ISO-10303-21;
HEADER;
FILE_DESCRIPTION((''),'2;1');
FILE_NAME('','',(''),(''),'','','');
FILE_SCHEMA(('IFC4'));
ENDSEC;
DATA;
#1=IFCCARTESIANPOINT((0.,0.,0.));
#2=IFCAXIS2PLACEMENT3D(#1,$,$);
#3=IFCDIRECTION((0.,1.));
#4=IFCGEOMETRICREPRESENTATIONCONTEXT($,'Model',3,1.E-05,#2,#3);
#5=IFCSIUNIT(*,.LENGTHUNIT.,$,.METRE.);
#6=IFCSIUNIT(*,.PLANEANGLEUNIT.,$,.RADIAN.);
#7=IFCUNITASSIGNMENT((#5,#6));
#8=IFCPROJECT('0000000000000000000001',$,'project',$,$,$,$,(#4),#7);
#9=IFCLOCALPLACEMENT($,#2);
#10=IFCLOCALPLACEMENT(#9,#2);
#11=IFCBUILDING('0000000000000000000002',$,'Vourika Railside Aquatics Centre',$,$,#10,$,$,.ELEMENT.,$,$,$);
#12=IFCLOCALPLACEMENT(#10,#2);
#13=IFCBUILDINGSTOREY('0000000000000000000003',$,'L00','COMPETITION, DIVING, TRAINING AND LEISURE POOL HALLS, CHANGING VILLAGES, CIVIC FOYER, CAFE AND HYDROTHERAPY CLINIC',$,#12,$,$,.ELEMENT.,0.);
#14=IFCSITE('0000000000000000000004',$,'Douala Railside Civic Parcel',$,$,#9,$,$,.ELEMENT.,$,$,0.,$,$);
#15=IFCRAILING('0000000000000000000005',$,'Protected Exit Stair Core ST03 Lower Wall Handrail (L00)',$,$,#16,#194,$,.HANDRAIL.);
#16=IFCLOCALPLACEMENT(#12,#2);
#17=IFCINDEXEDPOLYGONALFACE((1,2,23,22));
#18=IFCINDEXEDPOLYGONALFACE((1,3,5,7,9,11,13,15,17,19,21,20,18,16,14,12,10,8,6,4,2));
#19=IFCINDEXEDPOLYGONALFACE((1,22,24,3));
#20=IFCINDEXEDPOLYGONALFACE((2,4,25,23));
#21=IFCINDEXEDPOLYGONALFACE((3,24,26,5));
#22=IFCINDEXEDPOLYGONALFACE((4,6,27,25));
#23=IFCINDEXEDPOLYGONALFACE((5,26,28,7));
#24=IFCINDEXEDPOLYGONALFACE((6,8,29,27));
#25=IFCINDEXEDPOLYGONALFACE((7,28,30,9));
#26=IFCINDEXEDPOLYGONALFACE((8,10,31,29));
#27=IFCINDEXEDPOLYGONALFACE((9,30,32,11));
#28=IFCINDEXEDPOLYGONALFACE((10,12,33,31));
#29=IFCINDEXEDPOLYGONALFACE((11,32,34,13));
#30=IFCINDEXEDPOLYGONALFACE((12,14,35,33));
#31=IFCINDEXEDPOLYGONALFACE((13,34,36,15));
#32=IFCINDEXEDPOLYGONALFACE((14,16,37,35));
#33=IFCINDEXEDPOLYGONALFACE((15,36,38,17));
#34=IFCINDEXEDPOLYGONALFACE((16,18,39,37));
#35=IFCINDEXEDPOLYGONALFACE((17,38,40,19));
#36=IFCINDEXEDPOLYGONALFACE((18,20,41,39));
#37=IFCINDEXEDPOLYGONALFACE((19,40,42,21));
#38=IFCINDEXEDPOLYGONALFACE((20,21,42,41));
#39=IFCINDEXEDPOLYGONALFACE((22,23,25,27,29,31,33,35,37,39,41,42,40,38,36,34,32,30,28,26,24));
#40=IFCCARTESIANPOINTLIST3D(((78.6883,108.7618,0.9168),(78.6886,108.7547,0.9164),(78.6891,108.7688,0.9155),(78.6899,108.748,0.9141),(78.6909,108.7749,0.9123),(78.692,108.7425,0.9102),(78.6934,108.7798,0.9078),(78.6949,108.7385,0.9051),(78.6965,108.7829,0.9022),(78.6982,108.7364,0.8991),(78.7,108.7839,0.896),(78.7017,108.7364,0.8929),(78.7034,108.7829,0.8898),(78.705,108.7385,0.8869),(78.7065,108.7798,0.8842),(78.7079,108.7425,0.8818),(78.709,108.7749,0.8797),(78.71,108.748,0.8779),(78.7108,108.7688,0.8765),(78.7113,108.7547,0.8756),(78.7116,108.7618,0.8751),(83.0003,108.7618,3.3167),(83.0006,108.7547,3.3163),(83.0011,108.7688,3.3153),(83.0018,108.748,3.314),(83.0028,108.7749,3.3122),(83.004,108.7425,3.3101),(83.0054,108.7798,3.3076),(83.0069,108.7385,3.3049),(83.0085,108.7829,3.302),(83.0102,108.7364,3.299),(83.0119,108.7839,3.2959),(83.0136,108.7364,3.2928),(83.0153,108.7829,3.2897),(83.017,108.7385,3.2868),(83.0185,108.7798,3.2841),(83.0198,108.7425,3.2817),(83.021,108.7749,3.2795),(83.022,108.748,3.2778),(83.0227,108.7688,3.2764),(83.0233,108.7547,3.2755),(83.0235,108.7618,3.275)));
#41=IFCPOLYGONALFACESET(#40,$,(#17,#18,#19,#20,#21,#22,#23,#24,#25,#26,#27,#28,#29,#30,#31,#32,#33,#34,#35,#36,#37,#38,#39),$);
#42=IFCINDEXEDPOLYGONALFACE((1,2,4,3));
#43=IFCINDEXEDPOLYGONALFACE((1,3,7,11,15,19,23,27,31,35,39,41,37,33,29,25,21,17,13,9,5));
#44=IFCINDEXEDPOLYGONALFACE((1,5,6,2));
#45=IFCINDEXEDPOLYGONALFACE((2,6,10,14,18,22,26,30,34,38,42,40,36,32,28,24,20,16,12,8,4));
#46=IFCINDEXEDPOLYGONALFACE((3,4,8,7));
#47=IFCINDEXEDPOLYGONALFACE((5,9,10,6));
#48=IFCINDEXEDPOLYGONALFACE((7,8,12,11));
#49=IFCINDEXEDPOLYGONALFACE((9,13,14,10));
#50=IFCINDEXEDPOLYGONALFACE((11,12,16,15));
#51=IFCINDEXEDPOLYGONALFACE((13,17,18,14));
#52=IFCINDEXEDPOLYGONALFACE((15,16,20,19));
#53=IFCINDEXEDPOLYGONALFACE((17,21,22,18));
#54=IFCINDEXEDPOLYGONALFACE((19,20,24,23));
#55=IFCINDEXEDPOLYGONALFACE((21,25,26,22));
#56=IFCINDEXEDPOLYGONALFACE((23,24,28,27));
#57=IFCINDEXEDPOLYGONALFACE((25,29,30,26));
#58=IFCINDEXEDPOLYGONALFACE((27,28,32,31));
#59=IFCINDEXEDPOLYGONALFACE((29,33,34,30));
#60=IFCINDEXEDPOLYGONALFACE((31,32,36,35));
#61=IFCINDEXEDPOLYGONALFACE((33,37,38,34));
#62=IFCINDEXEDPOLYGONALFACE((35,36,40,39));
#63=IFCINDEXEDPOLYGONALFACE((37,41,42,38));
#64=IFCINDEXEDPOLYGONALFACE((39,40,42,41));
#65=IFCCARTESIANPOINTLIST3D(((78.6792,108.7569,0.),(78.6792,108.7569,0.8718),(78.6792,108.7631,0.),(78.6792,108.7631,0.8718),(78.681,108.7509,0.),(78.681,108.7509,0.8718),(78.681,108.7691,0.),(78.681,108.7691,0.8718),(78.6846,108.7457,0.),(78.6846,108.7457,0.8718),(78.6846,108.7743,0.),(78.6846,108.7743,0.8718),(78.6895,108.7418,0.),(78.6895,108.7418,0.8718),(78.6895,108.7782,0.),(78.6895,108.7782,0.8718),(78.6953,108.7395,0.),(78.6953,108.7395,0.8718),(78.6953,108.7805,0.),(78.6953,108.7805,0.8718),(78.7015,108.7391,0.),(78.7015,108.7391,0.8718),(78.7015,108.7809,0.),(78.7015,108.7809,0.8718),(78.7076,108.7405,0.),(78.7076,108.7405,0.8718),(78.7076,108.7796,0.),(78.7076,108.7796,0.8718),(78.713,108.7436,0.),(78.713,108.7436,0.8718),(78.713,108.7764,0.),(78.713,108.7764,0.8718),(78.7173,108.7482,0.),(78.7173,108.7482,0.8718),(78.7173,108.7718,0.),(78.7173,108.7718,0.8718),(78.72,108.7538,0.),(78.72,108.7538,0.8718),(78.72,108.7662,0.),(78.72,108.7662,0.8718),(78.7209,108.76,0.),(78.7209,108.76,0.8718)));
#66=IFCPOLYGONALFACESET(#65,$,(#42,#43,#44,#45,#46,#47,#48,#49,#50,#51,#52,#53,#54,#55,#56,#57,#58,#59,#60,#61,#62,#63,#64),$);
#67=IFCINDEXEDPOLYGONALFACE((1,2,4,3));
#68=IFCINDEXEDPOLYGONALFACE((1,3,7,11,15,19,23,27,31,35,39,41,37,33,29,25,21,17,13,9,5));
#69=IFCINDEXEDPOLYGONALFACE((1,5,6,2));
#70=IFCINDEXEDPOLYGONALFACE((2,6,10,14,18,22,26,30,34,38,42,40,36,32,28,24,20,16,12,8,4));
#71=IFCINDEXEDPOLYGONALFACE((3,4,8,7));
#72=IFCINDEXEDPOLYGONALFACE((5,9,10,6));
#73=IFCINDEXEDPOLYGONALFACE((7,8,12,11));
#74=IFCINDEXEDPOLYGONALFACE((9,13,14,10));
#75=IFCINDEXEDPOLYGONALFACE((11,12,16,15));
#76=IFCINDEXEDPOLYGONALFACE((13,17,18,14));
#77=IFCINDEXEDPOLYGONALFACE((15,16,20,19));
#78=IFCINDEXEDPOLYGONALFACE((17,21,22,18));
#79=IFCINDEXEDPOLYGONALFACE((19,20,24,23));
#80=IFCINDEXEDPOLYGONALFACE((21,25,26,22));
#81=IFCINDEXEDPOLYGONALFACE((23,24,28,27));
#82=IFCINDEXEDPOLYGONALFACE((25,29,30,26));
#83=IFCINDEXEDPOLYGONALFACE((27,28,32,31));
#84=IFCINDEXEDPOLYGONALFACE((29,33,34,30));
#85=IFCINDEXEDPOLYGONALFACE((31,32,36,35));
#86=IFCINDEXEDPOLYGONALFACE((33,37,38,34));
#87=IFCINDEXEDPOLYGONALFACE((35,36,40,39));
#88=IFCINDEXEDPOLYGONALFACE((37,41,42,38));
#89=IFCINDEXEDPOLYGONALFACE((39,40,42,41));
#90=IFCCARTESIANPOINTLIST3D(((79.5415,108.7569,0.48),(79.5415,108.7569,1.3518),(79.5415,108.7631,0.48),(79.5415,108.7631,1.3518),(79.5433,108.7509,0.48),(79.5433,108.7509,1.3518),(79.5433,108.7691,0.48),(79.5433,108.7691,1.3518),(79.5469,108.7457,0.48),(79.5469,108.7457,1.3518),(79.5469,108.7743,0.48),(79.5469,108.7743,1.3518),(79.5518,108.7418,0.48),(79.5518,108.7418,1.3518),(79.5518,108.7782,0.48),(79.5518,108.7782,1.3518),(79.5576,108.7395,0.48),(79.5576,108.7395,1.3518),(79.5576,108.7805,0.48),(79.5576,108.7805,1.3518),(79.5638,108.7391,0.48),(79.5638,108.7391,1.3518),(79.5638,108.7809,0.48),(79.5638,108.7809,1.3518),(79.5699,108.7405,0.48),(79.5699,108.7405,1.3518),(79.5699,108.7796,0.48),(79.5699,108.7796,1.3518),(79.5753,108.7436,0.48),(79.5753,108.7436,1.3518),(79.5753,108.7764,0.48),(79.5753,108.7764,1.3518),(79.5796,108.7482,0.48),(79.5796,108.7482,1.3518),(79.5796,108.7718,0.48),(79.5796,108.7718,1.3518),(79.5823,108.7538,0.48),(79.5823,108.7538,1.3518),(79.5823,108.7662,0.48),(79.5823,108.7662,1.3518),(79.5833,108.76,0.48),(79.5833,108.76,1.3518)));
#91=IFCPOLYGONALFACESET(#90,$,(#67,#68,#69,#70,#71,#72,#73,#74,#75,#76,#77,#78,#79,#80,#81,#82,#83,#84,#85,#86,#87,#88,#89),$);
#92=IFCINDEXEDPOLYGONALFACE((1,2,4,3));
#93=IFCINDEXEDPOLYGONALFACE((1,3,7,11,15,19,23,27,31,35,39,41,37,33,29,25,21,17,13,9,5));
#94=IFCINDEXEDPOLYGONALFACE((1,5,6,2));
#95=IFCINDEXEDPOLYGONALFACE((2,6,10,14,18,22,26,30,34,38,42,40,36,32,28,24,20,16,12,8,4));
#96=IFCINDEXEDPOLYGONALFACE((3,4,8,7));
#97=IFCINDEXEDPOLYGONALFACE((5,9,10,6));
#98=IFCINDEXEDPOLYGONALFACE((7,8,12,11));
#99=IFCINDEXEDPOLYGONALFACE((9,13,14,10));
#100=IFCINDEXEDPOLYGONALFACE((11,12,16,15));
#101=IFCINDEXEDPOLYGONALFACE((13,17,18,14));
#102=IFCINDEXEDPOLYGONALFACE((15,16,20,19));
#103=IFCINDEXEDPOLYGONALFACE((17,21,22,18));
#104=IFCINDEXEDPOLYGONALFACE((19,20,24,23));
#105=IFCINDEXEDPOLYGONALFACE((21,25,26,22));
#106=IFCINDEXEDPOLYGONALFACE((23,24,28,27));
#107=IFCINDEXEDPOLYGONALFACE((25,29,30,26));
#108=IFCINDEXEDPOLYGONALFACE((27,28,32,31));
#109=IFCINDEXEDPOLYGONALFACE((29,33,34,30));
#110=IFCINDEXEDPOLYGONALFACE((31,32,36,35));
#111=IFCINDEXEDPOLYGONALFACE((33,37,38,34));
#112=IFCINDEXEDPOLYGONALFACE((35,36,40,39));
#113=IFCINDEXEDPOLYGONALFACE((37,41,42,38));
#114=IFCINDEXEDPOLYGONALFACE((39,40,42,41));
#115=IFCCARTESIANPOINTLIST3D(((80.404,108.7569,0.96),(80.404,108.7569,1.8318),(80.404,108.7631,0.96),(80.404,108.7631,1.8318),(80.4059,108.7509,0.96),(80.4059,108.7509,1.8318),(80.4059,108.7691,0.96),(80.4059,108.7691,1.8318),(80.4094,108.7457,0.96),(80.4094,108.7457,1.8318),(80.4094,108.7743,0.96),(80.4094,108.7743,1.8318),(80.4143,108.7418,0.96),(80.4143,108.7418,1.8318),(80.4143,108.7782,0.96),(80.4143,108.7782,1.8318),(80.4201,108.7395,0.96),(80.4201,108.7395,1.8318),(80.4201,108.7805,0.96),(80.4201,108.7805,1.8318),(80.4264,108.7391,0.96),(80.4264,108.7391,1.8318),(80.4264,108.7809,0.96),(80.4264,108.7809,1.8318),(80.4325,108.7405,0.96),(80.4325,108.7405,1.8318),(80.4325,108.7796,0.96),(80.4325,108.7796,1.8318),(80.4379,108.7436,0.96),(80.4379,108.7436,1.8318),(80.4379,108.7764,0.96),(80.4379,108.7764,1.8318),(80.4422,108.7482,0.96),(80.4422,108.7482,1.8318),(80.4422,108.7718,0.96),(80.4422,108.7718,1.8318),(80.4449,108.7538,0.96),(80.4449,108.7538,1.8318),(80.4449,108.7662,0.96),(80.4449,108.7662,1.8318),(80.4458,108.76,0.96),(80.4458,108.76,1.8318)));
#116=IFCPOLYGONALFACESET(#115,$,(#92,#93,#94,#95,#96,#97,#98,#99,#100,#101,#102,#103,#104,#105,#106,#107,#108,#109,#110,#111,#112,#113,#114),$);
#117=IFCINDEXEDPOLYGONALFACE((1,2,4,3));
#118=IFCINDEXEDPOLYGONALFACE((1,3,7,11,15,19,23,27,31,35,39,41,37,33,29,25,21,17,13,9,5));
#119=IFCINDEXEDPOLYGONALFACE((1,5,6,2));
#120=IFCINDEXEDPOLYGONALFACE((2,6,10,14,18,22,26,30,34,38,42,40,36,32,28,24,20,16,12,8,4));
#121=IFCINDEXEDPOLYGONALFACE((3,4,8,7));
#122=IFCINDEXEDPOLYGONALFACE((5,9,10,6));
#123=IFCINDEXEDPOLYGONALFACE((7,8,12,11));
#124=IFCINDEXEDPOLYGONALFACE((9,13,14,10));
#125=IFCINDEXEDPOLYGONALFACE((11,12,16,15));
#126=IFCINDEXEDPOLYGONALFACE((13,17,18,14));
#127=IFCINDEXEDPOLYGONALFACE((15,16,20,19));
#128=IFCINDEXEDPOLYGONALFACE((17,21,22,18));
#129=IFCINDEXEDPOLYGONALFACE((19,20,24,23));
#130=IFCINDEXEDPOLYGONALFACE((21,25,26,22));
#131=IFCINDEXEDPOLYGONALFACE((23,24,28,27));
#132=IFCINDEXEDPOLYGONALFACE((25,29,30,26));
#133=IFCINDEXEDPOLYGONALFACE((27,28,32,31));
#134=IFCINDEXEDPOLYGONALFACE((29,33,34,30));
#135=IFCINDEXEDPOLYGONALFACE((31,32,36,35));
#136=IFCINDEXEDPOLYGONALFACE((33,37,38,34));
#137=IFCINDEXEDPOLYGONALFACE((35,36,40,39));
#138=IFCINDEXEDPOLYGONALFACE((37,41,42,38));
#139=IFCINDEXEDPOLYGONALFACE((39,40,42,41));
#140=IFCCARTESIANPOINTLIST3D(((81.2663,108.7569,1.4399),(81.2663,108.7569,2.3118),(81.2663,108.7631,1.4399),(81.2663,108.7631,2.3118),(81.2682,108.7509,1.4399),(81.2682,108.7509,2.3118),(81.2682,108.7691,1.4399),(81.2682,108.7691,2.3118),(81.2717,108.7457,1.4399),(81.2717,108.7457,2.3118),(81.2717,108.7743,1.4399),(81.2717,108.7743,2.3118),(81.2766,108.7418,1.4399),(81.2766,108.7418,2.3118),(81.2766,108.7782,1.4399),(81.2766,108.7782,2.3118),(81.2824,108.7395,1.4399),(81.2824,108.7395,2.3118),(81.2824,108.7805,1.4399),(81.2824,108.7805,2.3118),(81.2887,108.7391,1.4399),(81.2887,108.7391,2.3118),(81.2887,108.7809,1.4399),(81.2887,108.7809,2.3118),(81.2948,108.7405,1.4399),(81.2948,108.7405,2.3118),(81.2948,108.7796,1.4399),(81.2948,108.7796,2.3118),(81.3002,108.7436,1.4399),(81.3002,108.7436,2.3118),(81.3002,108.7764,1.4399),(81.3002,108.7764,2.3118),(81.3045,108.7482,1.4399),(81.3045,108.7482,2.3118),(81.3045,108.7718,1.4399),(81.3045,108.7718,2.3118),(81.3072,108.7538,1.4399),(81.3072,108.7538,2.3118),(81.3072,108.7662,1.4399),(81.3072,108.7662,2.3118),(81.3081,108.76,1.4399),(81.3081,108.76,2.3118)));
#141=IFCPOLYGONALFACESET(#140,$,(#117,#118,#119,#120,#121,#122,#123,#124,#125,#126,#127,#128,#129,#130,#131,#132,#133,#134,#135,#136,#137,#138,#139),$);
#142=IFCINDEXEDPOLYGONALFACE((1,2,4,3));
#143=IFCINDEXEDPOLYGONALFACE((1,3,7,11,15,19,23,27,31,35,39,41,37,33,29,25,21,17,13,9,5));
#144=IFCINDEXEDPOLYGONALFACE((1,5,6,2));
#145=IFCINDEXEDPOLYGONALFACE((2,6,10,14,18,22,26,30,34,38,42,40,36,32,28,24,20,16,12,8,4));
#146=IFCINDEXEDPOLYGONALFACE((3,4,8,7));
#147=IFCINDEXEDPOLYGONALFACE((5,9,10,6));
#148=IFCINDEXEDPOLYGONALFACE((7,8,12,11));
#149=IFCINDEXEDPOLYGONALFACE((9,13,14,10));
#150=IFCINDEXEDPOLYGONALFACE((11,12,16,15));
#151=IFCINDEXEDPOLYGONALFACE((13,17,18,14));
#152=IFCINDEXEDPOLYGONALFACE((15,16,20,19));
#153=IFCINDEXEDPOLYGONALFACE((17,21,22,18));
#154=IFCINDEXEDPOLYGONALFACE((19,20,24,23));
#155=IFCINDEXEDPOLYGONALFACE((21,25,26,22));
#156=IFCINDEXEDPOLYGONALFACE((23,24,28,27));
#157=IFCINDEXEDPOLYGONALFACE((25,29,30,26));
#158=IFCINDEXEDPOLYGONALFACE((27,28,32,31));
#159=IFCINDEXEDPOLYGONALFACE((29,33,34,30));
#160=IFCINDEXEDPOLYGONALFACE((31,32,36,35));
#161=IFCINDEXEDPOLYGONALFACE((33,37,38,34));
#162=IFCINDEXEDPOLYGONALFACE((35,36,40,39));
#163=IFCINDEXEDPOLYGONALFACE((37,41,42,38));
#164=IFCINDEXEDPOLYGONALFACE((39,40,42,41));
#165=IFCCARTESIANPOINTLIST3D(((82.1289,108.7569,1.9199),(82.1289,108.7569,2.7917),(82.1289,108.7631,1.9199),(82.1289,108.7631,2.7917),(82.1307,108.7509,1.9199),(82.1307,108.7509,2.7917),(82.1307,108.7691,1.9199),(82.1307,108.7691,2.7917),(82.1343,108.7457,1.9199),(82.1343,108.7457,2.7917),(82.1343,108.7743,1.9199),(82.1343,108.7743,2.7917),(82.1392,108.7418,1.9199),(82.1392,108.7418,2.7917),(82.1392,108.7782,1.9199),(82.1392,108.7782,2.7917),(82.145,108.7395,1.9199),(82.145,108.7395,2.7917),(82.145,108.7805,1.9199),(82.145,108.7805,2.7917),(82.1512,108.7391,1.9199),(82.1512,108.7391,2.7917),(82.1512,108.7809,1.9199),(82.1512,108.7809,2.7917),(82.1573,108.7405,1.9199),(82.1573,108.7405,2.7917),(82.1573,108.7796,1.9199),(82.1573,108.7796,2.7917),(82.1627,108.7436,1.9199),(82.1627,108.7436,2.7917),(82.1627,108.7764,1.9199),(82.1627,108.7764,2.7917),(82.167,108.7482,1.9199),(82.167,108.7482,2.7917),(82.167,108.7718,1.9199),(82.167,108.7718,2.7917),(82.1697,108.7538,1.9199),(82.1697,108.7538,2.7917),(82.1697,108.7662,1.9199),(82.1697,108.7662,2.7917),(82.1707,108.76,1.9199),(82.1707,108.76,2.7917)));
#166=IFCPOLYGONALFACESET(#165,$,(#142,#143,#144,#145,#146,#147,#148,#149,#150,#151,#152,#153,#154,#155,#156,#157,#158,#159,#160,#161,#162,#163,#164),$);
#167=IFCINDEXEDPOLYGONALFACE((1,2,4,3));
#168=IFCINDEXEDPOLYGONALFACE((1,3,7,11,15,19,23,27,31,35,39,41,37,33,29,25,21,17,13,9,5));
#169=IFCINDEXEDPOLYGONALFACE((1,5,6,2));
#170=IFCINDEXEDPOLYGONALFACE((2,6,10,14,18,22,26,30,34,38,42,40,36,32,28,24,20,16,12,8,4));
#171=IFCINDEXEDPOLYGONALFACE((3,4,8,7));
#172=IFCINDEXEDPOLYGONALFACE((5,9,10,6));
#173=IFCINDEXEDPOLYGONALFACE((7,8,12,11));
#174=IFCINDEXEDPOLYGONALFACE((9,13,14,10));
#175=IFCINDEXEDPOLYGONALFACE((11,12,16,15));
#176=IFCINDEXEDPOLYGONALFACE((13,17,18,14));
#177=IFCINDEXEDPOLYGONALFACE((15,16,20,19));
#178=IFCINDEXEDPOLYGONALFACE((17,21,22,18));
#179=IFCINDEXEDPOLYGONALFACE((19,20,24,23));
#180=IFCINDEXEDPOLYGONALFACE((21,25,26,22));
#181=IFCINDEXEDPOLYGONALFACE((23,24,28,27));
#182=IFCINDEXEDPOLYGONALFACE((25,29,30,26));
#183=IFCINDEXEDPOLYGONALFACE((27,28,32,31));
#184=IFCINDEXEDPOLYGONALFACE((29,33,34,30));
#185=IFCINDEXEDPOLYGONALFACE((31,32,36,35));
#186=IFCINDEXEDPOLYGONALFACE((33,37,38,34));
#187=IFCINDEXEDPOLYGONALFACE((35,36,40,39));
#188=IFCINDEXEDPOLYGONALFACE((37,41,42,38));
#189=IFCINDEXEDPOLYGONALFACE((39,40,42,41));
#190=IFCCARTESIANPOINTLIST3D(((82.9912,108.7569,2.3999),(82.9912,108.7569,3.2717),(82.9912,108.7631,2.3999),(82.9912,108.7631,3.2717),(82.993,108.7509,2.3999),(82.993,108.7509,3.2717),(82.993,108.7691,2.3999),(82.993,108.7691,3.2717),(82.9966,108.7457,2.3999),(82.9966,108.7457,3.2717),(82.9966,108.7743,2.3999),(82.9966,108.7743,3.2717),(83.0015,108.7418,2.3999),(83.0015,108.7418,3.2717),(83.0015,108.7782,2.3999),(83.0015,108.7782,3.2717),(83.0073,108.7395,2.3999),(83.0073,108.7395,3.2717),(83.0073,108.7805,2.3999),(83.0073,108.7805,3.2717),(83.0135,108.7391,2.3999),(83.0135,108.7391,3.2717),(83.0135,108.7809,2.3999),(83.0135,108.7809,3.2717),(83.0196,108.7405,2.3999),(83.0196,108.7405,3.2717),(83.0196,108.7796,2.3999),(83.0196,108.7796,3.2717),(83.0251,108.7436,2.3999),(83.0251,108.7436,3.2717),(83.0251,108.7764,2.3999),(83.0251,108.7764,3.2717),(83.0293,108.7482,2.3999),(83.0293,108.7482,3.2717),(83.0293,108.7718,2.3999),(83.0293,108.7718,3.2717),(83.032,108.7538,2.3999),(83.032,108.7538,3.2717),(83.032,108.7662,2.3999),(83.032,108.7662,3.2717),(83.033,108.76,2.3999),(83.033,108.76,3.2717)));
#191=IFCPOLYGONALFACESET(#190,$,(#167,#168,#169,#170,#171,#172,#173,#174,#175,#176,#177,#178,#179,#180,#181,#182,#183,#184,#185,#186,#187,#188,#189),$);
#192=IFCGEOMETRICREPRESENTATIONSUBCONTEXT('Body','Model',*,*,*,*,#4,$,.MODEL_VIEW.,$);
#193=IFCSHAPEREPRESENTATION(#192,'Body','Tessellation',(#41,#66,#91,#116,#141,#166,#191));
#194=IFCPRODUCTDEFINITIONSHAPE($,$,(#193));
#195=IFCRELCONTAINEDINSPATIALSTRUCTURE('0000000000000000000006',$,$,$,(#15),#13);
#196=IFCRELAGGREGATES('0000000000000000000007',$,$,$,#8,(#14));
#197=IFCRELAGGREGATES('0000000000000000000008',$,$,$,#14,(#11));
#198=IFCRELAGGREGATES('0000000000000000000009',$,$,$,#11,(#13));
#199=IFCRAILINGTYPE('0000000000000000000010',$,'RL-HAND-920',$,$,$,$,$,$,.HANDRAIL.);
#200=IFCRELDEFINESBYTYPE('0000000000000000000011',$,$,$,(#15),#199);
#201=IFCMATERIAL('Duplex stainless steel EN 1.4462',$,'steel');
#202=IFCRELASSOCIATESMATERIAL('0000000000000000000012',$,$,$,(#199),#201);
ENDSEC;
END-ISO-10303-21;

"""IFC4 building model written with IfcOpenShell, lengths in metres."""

from ifc_helpers import new_model, si_unit, direction, frame, origin, origin_2d, place, context, subcontext, project, spatial, circle, extrude, material, type_object, element, save


model = new_model("IFC4")

# Units and contexts
model_context = context("Model", 3, precision=1e-05, world=origin(), true_north=direction((0.0, 1.0)))
body_context = subcontext(model_context, "Body", "Model", "MODEL_VIEW")
ifc_project = project(units=[si_unit("LENGTHUNIT", "METRE"), si_unit("PLANEANGLEUNIT", "RADIAN")], contexts=[model_context])

# Site, building, storey
site_placement = place(None, origin())
site = spatial("IfcSite", under=ifc_project, at=site_placement, Name="Douala Railside Civic Parcel", CompositionType="ELEMENT", RefElevation=0.0)
building_placement = place(site_placement, origin())
building = spatial("IfcBuilding", under=site, at=building_placement, Name="Vourika Railside Aquatics Centre", CompositionType="ELEMENT")
storey_placement = place(building_placement, origin())
storey = spatial("IfcBuildingStorey", under=building, at=storey_placement, Name="L00", Description="COMPETITION, DIVING, TRAINING AND LEISURE POOL HALLS, CHANGING VILLAGES, CIVIC FOYER, CAFE AND HYDROTHERAPY CLINIC", CompositionType="ELEMENT", Elevation=0.0)

# Railing
ifc_material_1 = material(Name="Duplex stainless steel EN 1.4462", Category="steel")
railing_type_1 = type_object("IfcRailingType", Name="RL-HAND-920", PredefinedType="HANDRAIL", material=ifc_material_1)
railing_1_placement = place(storey_placement, frame((78.7, 108.76, 0.0)))
element("IfcRailing", 1, at=railing_1_placement, inside=storey, type_object=railing_type_1, Name="Protected Exit Stair Core ST03 Lower Wall Handrail (L00)", PredefinedType="HANDRAIL", context=body_context, shape_type="SweptSolid", body=[
    extrude(circle(Radius=0.0239, at=origin_2d()), frame((0.0, 0.0, 0.896), z_axis=(0.873784, 0.0, 0.486315), x_axis=(0.0, 1.0, 0.0)), (0.0, 0.0, 1.0), 4.9348),
    extrude(circle(Radius=0.021, at=origin_2d()), origin(), (0.0, 0.0, 1.0), 0.8718),
    extrude(circle(Radius=0.021, at=origin_2d()), frame((0.8623, 0.0, 0.48)), (0.0, 0.0, 1.0), 0.8718),
    extrude(circle(Radius=0.021, at=origin_2d()), frame((1.7249, 0.0, 0.96)), (0.0, 0.0, 1.0), 0.8718),
    extrude(circle(Radius=0.021, at=origin_2d()), frame((2.5872, 0.0, 1.4399)), (0.0, 0.0, 1.0), 0.8718),
    extrude(circle(Radius=0.021, at=origin_2d()), frame((3.4497, 0.0, 1.9199)), (0.0, 0.0, 1.0), 0.8718),
    extrude(circle(Radius=0.021, at=origin_2d()), frame((4.312, 0.0, 2.3999)), (0.0, 0.0, 1.0), 0.8718),
])

save(model, "model.ifc")
